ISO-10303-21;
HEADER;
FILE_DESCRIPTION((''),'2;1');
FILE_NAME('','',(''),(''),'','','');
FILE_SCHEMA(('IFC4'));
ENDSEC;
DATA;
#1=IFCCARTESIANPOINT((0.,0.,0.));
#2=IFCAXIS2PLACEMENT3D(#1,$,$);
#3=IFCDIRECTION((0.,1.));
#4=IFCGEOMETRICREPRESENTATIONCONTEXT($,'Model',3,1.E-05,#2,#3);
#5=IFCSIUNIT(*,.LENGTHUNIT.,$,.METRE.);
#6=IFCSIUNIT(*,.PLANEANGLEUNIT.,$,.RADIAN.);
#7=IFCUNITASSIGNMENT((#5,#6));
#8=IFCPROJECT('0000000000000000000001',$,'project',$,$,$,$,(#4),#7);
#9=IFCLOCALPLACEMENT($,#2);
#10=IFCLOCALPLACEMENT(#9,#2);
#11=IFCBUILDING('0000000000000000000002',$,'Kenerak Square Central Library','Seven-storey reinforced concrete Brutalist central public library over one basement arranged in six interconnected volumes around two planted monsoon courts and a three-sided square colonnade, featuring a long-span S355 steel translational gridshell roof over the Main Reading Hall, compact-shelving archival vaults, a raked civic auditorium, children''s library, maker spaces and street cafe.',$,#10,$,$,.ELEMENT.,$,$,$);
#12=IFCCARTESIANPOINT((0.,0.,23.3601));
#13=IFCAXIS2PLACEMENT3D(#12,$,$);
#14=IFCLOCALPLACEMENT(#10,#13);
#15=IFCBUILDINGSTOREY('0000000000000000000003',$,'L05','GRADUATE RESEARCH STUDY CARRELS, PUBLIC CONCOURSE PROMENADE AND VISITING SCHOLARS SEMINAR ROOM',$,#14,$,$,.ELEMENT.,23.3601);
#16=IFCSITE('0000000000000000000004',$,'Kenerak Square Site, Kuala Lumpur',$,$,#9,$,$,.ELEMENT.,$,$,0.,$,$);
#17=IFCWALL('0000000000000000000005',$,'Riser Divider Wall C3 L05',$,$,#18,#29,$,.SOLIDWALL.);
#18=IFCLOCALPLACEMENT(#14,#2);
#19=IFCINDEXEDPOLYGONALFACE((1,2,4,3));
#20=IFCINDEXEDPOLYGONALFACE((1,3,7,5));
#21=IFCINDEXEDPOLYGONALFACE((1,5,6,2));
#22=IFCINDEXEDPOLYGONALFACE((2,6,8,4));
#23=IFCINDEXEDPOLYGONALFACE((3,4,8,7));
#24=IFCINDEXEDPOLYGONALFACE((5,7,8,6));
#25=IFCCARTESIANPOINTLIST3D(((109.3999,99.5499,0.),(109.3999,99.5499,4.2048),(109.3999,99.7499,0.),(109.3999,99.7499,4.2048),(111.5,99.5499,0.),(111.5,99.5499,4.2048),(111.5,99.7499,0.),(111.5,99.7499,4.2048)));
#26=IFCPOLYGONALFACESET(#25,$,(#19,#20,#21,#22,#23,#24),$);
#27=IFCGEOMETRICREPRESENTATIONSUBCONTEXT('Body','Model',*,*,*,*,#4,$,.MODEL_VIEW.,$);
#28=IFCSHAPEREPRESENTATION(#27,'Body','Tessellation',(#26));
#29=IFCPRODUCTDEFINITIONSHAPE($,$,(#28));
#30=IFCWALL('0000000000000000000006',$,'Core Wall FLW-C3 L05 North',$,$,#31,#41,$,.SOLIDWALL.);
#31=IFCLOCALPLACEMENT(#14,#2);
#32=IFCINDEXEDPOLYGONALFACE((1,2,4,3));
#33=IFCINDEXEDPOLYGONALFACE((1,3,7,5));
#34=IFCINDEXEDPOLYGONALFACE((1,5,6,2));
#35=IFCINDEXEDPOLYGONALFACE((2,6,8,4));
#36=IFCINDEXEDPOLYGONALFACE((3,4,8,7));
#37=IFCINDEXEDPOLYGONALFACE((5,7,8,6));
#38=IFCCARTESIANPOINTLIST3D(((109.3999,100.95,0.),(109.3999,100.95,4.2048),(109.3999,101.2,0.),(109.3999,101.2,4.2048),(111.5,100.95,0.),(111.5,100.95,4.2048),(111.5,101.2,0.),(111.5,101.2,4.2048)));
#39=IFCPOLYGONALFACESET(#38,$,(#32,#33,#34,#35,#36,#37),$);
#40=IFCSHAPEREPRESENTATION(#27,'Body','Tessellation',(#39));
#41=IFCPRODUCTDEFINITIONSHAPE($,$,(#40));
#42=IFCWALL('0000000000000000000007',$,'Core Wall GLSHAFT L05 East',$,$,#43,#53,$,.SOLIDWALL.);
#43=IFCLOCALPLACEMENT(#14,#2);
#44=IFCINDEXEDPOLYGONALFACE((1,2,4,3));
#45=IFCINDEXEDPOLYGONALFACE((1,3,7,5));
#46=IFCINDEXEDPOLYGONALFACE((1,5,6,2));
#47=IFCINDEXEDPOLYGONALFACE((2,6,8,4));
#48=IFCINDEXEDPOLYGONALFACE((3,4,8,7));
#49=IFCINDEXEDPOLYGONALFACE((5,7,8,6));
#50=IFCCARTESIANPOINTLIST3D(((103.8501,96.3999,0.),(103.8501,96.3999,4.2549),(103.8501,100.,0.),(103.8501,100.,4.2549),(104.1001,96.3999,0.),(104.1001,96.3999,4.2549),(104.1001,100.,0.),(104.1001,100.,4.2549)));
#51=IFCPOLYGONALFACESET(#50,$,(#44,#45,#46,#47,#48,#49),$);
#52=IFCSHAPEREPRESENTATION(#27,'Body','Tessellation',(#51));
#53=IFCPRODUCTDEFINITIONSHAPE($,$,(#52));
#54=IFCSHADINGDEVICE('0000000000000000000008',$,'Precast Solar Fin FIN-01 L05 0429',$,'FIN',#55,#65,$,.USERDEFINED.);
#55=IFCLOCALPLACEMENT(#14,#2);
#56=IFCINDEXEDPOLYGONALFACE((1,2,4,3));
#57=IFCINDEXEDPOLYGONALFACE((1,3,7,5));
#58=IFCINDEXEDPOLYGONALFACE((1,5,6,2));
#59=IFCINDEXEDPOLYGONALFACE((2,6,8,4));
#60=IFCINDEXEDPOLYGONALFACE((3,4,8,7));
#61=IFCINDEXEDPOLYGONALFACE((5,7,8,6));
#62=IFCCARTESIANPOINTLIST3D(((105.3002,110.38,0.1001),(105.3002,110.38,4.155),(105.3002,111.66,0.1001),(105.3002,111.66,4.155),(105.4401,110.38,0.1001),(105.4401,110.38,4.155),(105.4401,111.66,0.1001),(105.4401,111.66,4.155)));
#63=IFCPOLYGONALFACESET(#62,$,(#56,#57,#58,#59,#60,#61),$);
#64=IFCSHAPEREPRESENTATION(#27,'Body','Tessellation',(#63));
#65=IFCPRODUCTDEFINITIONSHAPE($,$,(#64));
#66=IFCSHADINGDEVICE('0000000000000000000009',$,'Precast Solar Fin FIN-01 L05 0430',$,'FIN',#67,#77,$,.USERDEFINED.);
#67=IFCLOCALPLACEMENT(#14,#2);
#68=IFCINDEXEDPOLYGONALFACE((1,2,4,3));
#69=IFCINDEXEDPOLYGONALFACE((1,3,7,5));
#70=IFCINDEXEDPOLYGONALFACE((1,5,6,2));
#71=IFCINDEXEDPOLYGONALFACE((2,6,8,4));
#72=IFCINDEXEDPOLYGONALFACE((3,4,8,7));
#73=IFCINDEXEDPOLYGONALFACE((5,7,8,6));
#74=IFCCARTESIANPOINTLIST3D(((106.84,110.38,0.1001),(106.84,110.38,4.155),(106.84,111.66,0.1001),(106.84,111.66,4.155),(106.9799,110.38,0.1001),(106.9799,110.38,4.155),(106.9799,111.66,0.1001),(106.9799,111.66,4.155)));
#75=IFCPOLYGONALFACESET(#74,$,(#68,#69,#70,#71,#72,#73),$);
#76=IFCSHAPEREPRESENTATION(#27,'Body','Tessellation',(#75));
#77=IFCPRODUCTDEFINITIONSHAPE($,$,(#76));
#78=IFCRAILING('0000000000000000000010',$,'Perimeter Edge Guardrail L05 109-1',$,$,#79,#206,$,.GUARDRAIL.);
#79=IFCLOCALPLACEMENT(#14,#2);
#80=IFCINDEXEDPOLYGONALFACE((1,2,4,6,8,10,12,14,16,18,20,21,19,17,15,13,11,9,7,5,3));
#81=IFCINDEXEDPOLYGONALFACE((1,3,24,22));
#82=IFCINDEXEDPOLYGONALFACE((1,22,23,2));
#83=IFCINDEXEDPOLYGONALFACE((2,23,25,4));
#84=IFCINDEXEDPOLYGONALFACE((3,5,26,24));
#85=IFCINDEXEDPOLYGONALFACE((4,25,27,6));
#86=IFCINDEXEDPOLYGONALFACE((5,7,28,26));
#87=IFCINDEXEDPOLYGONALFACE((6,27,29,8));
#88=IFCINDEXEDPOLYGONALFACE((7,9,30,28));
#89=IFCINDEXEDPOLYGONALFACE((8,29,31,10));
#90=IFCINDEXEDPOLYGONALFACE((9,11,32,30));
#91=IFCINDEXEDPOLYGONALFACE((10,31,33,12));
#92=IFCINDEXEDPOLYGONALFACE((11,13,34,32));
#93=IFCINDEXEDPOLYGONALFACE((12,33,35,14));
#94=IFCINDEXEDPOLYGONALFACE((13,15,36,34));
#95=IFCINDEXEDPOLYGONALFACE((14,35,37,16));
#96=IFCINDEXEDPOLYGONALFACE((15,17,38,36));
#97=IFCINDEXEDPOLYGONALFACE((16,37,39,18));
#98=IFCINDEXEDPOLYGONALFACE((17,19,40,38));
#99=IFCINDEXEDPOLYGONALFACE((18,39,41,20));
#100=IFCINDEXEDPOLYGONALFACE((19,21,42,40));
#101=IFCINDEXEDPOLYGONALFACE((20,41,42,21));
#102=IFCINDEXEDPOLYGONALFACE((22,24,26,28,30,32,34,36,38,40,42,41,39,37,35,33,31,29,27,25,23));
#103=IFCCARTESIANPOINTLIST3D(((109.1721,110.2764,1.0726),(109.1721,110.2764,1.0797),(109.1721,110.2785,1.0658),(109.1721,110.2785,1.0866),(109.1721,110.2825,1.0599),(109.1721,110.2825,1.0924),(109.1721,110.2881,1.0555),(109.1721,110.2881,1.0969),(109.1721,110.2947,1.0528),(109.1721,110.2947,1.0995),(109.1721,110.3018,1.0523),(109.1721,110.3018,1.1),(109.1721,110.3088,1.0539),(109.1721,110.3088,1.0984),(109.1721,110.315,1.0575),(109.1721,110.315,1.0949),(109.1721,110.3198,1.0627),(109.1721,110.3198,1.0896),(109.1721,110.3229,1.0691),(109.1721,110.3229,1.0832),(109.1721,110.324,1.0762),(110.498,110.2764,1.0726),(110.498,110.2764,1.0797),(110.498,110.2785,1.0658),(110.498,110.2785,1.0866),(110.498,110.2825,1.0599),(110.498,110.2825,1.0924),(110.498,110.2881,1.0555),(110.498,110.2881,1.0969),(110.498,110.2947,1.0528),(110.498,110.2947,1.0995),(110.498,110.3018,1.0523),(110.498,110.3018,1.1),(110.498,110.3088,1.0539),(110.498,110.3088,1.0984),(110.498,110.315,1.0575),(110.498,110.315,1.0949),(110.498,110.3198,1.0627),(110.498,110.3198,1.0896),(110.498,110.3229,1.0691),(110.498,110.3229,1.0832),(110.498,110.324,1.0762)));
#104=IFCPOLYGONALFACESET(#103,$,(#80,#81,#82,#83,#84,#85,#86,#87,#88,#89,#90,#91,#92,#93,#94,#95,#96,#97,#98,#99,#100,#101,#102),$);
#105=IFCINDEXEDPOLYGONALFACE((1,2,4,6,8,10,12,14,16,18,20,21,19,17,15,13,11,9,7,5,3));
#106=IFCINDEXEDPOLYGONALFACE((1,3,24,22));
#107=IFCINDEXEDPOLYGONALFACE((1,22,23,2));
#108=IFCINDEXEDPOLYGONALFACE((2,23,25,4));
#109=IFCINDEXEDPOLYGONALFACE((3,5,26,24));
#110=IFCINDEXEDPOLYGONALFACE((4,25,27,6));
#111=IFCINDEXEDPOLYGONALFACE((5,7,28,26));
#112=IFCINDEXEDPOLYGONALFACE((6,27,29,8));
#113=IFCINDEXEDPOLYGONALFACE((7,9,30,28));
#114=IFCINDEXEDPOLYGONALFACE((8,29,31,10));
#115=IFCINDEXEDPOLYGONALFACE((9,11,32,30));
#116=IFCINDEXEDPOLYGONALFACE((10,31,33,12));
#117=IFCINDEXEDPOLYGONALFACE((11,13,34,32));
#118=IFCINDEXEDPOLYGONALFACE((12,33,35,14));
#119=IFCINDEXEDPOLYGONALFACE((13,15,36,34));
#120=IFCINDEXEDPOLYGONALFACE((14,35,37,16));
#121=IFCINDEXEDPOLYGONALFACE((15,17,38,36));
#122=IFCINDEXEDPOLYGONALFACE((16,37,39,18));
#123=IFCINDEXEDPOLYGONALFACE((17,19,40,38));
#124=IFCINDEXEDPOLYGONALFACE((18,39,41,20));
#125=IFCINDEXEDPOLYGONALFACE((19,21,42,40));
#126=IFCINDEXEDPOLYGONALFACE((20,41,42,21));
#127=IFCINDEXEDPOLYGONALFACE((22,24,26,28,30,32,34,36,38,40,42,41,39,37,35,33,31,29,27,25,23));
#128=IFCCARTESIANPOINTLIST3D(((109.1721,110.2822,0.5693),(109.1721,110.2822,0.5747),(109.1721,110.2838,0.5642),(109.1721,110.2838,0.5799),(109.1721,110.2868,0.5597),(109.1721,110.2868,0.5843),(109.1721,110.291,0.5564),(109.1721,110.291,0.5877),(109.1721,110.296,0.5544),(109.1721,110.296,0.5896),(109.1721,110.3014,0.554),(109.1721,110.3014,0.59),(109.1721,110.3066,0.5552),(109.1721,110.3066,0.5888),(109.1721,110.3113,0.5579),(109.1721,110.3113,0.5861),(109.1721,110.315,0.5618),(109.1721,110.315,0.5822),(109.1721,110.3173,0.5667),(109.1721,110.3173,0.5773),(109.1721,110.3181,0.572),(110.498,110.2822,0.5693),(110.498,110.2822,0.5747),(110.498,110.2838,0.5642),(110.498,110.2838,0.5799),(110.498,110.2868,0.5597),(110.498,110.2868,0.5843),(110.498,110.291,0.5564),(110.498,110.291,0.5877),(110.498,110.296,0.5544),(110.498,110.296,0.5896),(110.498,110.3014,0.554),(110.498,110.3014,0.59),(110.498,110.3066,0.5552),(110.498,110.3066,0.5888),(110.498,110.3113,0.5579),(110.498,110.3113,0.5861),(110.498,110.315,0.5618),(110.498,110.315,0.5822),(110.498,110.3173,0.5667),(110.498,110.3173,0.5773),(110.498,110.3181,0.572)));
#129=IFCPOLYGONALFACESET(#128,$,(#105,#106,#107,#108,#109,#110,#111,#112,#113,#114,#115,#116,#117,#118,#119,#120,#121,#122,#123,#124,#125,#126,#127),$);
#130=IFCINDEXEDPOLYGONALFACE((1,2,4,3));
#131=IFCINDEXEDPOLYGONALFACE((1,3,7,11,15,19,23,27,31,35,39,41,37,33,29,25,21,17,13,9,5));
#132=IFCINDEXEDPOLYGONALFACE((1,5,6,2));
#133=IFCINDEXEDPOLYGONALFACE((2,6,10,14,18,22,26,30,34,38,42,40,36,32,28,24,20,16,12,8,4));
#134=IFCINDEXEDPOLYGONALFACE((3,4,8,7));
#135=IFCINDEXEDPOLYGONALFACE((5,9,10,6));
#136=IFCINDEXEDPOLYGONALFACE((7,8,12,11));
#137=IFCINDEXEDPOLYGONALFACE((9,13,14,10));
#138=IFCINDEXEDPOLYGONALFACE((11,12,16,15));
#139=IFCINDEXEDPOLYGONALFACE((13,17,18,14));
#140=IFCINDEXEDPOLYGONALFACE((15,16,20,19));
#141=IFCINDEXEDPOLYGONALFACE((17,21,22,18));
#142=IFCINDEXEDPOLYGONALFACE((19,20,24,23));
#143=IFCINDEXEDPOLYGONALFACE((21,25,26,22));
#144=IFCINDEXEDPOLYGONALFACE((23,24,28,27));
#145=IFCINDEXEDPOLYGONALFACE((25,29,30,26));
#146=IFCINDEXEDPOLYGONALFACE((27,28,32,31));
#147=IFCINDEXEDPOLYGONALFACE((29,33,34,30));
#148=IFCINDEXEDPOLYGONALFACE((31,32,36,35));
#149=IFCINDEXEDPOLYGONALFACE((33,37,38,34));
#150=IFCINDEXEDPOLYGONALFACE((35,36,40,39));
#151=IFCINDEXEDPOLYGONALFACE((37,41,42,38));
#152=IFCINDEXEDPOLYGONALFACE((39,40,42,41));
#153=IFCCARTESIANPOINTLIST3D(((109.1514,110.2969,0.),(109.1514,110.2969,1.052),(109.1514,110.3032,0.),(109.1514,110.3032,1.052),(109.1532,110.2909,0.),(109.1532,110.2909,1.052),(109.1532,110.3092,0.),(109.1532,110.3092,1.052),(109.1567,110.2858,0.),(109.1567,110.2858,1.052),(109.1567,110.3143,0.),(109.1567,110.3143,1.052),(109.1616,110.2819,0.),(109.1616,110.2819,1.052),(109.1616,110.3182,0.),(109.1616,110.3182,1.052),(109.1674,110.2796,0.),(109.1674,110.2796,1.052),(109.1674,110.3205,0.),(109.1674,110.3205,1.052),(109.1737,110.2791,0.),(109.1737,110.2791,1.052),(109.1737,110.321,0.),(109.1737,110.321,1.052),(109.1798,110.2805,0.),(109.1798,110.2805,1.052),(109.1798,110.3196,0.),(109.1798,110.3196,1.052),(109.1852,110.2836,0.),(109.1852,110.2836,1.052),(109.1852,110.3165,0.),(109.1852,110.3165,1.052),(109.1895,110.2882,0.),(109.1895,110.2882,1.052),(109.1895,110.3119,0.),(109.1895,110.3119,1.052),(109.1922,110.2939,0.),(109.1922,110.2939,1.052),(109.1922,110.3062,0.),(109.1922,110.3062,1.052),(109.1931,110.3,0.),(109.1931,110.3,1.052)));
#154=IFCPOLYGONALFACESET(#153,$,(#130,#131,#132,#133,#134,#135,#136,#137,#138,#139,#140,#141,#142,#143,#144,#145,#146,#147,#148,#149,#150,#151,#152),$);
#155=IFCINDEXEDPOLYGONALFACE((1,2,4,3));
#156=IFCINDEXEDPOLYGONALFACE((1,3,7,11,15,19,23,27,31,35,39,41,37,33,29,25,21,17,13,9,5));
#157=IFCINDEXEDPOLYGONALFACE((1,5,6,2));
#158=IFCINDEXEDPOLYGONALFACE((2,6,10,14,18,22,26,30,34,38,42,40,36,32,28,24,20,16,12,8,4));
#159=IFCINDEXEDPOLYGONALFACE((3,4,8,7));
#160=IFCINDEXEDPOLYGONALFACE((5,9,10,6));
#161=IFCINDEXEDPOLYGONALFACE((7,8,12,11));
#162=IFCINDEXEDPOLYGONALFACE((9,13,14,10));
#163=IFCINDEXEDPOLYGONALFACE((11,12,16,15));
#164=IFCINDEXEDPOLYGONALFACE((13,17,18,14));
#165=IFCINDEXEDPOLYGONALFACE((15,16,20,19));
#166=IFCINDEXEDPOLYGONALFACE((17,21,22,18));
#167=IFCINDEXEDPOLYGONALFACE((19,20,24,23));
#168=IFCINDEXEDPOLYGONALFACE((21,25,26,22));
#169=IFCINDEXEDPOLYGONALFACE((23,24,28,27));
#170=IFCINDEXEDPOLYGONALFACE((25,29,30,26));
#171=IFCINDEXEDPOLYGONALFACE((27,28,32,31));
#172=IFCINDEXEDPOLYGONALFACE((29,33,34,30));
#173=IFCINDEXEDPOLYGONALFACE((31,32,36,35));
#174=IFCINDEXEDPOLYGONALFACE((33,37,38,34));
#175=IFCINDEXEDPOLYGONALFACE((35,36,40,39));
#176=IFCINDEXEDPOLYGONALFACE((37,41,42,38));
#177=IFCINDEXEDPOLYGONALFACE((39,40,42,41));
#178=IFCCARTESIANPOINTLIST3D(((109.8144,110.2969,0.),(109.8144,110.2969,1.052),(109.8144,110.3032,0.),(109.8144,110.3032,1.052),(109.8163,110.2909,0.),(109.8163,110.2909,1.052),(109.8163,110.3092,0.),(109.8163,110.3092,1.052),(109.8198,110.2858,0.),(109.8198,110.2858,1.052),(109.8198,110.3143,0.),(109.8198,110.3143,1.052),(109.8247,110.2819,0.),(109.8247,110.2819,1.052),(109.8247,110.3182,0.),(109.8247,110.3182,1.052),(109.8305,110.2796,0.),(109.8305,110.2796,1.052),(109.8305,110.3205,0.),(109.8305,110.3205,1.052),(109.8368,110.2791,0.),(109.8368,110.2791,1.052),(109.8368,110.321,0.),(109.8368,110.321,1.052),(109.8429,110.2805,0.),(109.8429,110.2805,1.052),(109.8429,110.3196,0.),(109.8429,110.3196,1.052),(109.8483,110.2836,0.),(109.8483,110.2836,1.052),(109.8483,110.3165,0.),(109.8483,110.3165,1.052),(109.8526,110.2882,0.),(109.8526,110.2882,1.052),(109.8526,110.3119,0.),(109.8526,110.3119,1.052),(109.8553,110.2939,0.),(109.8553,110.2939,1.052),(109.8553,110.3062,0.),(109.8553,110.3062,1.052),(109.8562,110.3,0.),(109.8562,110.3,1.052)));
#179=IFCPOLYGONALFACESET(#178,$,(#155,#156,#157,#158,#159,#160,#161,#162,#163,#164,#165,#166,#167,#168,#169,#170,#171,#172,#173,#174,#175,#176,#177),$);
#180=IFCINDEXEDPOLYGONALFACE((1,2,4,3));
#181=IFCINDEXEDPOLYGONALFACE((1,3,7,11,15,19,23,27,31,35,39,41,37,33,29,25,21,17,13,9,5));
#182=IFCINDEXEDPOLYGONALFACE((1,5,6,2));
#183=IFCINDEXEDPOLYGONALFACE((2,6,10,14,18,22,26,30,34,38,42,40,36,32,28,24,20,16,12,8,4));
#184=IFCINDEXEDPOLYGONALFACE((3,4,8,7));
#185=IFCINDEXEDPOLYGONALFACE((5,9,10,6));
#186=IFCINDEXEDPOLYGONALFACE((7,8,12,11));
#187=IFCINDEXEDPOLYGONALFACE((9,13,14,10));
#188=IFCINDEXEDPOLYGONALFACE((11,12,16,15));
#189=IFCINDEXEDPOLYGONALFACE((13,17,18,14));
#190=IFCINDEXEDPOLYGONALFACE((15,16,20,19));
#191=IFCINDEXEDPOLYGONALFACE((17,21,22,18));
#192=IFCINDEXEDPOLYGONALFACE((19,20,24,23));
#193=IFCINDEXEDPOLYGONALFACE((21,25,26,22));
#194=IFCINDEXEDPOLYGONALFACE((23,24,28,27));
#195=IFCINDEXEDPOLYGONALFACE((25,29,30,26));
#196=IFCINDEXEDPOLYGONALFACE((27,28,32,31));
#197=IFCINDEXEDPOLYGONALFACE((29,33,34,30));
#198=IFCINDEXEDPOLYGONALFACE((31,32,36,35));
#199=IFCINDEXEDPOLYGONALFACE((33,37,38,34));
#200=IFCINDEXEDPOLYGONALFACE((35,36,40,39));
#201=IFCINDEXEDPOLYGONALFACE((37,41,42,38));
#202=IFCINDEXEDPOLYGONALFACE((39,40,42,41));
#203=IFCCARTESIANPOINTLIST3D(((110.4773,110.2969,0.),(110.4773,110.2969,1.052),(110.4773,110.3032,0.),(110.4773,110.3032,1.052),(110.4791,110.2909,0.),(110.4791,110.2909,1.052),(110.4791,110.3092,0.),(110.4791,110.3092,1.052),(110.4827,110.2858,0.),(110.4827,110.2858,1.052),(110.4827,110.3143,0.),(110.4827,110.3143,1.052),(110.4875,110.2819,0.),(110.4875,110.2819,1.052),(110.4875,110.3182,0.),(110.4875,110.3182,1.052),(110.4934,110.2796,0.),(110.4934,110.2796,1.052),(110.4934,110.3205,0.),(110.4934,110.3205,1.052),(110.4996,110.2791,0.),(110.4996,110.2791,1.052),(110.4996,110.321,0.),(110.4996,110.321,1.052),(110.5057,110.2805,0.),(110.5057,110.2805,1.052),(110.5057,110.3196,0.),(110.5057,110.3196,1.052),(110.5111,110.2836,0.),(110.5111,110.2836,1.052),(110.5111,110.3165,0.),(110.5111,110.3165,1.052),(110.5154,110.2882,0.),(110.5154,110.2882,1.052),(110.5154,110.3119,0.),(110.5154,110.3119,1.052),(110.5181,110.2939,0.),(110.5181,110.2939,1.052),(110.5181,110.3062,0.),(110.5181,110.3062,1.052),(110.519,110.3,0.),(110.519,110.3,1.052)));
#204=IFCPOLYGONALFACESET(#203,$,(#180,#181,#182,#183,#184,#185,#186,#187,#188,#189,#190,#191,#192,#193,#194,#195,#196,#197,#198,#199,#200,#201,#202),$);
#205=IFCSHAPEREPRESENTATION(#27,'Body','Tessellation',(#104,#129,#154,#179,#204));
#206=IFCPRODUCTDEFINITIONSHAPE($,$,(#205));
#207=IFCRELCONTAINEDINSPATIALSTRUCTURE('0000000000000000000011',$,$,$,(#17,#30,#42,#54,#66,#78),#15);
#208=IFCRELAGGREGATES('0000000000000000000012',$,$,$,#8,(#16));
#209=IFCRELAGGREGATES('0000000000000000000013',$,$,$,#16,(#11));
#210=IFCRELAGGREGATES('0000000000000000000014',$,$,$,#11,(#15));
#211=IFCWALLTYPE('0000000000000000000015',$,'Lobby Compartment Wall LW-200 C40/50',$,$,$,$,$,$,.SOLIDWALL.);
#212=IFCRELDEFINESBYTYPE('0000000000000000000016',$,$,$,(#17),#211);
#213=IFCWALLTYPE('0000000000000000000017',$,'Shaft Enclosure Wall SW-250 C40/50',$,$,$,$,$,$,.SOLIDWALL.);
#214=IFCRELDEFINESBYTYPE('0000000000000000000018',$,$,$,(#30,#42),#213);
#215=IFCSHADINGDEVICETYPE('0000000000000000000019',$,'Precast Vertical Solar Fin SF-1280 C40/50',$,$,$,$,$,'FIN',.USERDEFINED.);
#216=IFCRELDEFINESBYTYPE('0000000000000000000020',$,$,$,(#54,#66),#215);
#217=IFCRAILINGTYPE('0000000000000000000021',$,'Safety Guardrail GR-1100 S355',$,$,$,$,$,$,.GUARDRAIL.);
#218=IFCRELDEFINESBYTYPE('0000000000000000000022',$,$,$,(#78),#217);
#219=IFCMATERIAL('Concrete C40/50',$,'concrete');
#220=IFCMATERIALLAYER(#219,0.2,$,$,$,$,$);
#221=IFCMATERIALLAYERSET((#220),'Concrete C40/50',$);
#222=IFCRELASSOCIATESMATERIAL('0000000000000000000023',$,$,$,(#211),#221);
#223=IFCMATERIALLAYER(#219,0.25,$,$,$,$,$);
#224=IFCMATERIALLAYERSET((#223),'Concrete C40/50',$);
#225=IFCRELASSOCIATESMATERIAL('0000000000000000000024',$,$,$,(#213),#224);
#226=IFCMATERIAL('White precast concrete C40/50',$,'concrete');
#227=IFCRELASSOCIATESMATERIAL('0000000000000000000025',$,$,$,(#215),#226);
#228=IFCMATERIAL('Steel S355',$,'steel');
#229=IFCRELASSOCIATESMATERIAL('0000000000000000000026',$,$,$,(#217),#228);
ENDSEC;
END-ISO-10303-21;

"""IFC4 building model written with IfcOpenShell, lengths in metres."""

from ifc_helpers import new_model, si_unit, direction, frame, frame_2d, origin, origin_2d, place, context, subcontext, project, spatial, rectangle, circle, extrude, material, layer, layer_set, type_object, element, save


model = new_model("IFC4")

# Units and contexts
model_context = context("Model", 3, precision=1e-05, world=origin(), true_north=direction((0.0, 1.0)))
body_context = subcontext(model_context, "Body", "Model", "MODEL_VIEW")
ifc_project = project(units=[si_unit("LENGTHUNIT", "METRE"), si_unit("PLANEANGLEUNIT", "RADIAN")], contexts=[model_context])

# Site, building, storey
site_placement = place(None, origin())
site = spatial("IfcSite", under=ifc_project, at=site_placement, Name="Kenerak Square Site, Kuala Lumpur", CompositionType="ELEMENT", RefElevation=0.0)
building_placement = place(site_placement, origin())
building = spatial("IfcBuilding", under=site, at=building_placement, Name="Kenerak Square Central Library", Description="Seven-storey reinforced concrete Brutalist central public library over one basement arranged in six interconnected volumes around two planted monsoon courts and a three-sided square colonnade, featuring a long-span S355 steel translational gridshell roof over the Main Reading Hall, compact-shelving archival vaults, a raked civic auditorium, children's library, maker spaces and street cafe.", CompositionType="ELEMENT")
storey_placement = place(building_placement, frame((0.0, 0.0, 23.3601)))
storey = spatial("IfcBuildingStorey", under=building, at=storey_placement, Name="L05", Description="GRADUATE RESEARCH STUDY CARRELS, PUBLIC CONCOURSE PROMENADE AND VISITING SCHOLARS SEMINAR ROOM", CompositionType="ELEMENT", Elevation=23.3601)

# Shared definitions
ifc_material_1 = material(Name="Concrete C40/50", Category="concrete")

# Walls
ifc_layer_1 = layer(ifc_material_1, 0.2)
ifc_layer_set_1 = layer_set([ifc_layer_1], Name="Concrete C40/50")
wall_type_1 = type_object("IfcWallType", Name="Lobby Compartment Wall LW-200 C40/50", PredefinedType="SOLIDWALL", material=ifc_layer_set_1)
wall_1_placement = place(storey_placement, frame((109.3999, 99.6499, 0.0), z_axis=(0.0, 0.0, 1.0), x_axis=(1.0, 0.0, 0.0)))
element("IfcWall", 1, at=wall_1_placement, inside=storey, type_object=wall_type_1, Name="Riser Divider Wall C3 L05", PredefinedType="SOLIDWALL", context=body_context, shape_type="SweptSolid", body=[
    extrude(rectangle(XDim=2.1001, YDim=0.2, at=frame_2d((1.05, 0.0))), origin(), (0.0, 0.0, 1.0), 4.2048),
])
ifc_layer_2 = layer(ifc_material_1, 0.25)
ifc_layer_set_2 = layer_set([ifc_layer_2], Name="Concrete C40/50")
wall_type_2 = type_object("IfcWallType", Name="Shaft Enclosure Wall SW-250 C40/50", PredefinedType="SOLIDWALL", material=ifc_layer_set_2)
wall_2_placement = place(storey_placement, frame((109.3999, 101.075, 0.0), z_axis=(0.0, 0.0, 1.0), x_axis=(1.0, 0.0, 0.0)))
element("IfcWall", 2, at=wall_2_placement, inside=storey, type_object=wall_type_2, Name="Core Wall FLW-C3 L05 North", PredefinedType="SOLIDWALL", context=body_context, shape_type="SweptSolid", body=[
    extrude(rectangle(XDim=2.1001, YDim=0.25, at=frame_2d((1.05, 0.0))), origin(), (0.0, 0.0, 1.0), 4.2048),
])
wall_3_placement = place(storey_placement, frame((103.9751, 100.0, 0.0), z_axis=(0.0, 0.0, 1.0), x_axis=(0.0, -1.0, 0.0)))
element("IfcWall", 3, at=wall_3_placement, inside=storey, type_object=wall_type_2, Name="Core Wall GLSHAFT L05 East", PredefinedType="SOLIDWALL", context=body_context, shape_type="SweptSolid", body=[
    extrude(rectangle(XDim=3.6001, YDim=0.25, at=frame_2d((1.8, 0.0))), origin(), (0.0, 0.0, 1.0), 4.2549),
])

# Shading devices
ifc_material_2 = material(Name="White precast concrete C40/50", Category="concrete")
shading_device_type = type_object("IfcShadingDeviceType", Name="Precast Vertical Solar Fin SF-1280 C40/50", ElementType="FIN", PredefinedType="USERDEFINED", material=ifc_material_2)
for number, where, z_axis, x_axis, name in (
    (4, (105.3701, 111.02, 0.1001), (0.0, 0.0, 1.0), (1.0, 0.0, 0.0), "Precast Solar Fin FIN-01 L05 0429"),
    (5, (106.9099, 111.02, 0.1001), (0.0, 0.0, 1.0), (1.0, 0.0, 0.0), "Precast Solar Fin FIN-01 L05 0430"),
):
    element("IfcShadingDevice", number, at=place(storey_placement, frame(where, z_axis=z_axis, x_axis=x_axis)), inside=storey, type_object=shading_device_type, Name=name, ObjectType="FIN", PredefinedType="USERDEFINED", context=body_context, shape_type="SweptSolid", body=[
        extrude(rectangle(XDim=0.1399, YDim=1.28, at=origin_2d()), origin(), (0.0, 0.0, 1.0), 4.0549),
    ])

# Railing
ifc_material_3 = material(Name="Steel S355", Category="steel")
railing_type = type_object("IfcRailingType", Name="Safety Guardrail GR-1100 S355", PredefinedType="GUARDRAIL", material=ifc_material_3)
railing_placement = place(storey_placement, frame((109.1721, 110.3, 0.0)))
element("IfcRailing", 6, at=railing_placement, inside=storey, type_object=railing_type, Name="Perimeter Edge Guardrail L05 109-1", PredefinedType="GUARDRAIL", context=body_context, shape_type="SweptSolid", body=[
    extrude(circle(Radius=0.0239, at=origin_2d()), frame((0.0, 0.0, 1.0762), z_axis=(1.0, 0.0, 0.0), x_axis=(0.0, 1.0, 0.0)), (0.0, 0.0, 1.0), 1.3259),
    extrude(circle(Radius=0.0181, at=origin_2d()), frame((0.0, 0.0, 0.572), z_axis=(1.0, 0.0, 0.0), x_axis=(0.0, 1.0, 0.0)), (0.0, 0.0, 1.0), 1.3259),
    extrude(circle(Radius=0.021, at=origin_2d()), origin(), (0.0, 0.0, 1.0), 1.052),
    extrude(circle(Radius=0.021, at=origin_2d()), frame((0.6631, 0.0, 0.0)), (0.0, 0.0, 1.0), 1.052),
    extrude(circle(Radius=0.021, at=origin_2d()), frame((1.3259, 0.0, 0.0)), (0.0, 0.0, 1.0), 1.052),
])

save(model, "model.ifc")
